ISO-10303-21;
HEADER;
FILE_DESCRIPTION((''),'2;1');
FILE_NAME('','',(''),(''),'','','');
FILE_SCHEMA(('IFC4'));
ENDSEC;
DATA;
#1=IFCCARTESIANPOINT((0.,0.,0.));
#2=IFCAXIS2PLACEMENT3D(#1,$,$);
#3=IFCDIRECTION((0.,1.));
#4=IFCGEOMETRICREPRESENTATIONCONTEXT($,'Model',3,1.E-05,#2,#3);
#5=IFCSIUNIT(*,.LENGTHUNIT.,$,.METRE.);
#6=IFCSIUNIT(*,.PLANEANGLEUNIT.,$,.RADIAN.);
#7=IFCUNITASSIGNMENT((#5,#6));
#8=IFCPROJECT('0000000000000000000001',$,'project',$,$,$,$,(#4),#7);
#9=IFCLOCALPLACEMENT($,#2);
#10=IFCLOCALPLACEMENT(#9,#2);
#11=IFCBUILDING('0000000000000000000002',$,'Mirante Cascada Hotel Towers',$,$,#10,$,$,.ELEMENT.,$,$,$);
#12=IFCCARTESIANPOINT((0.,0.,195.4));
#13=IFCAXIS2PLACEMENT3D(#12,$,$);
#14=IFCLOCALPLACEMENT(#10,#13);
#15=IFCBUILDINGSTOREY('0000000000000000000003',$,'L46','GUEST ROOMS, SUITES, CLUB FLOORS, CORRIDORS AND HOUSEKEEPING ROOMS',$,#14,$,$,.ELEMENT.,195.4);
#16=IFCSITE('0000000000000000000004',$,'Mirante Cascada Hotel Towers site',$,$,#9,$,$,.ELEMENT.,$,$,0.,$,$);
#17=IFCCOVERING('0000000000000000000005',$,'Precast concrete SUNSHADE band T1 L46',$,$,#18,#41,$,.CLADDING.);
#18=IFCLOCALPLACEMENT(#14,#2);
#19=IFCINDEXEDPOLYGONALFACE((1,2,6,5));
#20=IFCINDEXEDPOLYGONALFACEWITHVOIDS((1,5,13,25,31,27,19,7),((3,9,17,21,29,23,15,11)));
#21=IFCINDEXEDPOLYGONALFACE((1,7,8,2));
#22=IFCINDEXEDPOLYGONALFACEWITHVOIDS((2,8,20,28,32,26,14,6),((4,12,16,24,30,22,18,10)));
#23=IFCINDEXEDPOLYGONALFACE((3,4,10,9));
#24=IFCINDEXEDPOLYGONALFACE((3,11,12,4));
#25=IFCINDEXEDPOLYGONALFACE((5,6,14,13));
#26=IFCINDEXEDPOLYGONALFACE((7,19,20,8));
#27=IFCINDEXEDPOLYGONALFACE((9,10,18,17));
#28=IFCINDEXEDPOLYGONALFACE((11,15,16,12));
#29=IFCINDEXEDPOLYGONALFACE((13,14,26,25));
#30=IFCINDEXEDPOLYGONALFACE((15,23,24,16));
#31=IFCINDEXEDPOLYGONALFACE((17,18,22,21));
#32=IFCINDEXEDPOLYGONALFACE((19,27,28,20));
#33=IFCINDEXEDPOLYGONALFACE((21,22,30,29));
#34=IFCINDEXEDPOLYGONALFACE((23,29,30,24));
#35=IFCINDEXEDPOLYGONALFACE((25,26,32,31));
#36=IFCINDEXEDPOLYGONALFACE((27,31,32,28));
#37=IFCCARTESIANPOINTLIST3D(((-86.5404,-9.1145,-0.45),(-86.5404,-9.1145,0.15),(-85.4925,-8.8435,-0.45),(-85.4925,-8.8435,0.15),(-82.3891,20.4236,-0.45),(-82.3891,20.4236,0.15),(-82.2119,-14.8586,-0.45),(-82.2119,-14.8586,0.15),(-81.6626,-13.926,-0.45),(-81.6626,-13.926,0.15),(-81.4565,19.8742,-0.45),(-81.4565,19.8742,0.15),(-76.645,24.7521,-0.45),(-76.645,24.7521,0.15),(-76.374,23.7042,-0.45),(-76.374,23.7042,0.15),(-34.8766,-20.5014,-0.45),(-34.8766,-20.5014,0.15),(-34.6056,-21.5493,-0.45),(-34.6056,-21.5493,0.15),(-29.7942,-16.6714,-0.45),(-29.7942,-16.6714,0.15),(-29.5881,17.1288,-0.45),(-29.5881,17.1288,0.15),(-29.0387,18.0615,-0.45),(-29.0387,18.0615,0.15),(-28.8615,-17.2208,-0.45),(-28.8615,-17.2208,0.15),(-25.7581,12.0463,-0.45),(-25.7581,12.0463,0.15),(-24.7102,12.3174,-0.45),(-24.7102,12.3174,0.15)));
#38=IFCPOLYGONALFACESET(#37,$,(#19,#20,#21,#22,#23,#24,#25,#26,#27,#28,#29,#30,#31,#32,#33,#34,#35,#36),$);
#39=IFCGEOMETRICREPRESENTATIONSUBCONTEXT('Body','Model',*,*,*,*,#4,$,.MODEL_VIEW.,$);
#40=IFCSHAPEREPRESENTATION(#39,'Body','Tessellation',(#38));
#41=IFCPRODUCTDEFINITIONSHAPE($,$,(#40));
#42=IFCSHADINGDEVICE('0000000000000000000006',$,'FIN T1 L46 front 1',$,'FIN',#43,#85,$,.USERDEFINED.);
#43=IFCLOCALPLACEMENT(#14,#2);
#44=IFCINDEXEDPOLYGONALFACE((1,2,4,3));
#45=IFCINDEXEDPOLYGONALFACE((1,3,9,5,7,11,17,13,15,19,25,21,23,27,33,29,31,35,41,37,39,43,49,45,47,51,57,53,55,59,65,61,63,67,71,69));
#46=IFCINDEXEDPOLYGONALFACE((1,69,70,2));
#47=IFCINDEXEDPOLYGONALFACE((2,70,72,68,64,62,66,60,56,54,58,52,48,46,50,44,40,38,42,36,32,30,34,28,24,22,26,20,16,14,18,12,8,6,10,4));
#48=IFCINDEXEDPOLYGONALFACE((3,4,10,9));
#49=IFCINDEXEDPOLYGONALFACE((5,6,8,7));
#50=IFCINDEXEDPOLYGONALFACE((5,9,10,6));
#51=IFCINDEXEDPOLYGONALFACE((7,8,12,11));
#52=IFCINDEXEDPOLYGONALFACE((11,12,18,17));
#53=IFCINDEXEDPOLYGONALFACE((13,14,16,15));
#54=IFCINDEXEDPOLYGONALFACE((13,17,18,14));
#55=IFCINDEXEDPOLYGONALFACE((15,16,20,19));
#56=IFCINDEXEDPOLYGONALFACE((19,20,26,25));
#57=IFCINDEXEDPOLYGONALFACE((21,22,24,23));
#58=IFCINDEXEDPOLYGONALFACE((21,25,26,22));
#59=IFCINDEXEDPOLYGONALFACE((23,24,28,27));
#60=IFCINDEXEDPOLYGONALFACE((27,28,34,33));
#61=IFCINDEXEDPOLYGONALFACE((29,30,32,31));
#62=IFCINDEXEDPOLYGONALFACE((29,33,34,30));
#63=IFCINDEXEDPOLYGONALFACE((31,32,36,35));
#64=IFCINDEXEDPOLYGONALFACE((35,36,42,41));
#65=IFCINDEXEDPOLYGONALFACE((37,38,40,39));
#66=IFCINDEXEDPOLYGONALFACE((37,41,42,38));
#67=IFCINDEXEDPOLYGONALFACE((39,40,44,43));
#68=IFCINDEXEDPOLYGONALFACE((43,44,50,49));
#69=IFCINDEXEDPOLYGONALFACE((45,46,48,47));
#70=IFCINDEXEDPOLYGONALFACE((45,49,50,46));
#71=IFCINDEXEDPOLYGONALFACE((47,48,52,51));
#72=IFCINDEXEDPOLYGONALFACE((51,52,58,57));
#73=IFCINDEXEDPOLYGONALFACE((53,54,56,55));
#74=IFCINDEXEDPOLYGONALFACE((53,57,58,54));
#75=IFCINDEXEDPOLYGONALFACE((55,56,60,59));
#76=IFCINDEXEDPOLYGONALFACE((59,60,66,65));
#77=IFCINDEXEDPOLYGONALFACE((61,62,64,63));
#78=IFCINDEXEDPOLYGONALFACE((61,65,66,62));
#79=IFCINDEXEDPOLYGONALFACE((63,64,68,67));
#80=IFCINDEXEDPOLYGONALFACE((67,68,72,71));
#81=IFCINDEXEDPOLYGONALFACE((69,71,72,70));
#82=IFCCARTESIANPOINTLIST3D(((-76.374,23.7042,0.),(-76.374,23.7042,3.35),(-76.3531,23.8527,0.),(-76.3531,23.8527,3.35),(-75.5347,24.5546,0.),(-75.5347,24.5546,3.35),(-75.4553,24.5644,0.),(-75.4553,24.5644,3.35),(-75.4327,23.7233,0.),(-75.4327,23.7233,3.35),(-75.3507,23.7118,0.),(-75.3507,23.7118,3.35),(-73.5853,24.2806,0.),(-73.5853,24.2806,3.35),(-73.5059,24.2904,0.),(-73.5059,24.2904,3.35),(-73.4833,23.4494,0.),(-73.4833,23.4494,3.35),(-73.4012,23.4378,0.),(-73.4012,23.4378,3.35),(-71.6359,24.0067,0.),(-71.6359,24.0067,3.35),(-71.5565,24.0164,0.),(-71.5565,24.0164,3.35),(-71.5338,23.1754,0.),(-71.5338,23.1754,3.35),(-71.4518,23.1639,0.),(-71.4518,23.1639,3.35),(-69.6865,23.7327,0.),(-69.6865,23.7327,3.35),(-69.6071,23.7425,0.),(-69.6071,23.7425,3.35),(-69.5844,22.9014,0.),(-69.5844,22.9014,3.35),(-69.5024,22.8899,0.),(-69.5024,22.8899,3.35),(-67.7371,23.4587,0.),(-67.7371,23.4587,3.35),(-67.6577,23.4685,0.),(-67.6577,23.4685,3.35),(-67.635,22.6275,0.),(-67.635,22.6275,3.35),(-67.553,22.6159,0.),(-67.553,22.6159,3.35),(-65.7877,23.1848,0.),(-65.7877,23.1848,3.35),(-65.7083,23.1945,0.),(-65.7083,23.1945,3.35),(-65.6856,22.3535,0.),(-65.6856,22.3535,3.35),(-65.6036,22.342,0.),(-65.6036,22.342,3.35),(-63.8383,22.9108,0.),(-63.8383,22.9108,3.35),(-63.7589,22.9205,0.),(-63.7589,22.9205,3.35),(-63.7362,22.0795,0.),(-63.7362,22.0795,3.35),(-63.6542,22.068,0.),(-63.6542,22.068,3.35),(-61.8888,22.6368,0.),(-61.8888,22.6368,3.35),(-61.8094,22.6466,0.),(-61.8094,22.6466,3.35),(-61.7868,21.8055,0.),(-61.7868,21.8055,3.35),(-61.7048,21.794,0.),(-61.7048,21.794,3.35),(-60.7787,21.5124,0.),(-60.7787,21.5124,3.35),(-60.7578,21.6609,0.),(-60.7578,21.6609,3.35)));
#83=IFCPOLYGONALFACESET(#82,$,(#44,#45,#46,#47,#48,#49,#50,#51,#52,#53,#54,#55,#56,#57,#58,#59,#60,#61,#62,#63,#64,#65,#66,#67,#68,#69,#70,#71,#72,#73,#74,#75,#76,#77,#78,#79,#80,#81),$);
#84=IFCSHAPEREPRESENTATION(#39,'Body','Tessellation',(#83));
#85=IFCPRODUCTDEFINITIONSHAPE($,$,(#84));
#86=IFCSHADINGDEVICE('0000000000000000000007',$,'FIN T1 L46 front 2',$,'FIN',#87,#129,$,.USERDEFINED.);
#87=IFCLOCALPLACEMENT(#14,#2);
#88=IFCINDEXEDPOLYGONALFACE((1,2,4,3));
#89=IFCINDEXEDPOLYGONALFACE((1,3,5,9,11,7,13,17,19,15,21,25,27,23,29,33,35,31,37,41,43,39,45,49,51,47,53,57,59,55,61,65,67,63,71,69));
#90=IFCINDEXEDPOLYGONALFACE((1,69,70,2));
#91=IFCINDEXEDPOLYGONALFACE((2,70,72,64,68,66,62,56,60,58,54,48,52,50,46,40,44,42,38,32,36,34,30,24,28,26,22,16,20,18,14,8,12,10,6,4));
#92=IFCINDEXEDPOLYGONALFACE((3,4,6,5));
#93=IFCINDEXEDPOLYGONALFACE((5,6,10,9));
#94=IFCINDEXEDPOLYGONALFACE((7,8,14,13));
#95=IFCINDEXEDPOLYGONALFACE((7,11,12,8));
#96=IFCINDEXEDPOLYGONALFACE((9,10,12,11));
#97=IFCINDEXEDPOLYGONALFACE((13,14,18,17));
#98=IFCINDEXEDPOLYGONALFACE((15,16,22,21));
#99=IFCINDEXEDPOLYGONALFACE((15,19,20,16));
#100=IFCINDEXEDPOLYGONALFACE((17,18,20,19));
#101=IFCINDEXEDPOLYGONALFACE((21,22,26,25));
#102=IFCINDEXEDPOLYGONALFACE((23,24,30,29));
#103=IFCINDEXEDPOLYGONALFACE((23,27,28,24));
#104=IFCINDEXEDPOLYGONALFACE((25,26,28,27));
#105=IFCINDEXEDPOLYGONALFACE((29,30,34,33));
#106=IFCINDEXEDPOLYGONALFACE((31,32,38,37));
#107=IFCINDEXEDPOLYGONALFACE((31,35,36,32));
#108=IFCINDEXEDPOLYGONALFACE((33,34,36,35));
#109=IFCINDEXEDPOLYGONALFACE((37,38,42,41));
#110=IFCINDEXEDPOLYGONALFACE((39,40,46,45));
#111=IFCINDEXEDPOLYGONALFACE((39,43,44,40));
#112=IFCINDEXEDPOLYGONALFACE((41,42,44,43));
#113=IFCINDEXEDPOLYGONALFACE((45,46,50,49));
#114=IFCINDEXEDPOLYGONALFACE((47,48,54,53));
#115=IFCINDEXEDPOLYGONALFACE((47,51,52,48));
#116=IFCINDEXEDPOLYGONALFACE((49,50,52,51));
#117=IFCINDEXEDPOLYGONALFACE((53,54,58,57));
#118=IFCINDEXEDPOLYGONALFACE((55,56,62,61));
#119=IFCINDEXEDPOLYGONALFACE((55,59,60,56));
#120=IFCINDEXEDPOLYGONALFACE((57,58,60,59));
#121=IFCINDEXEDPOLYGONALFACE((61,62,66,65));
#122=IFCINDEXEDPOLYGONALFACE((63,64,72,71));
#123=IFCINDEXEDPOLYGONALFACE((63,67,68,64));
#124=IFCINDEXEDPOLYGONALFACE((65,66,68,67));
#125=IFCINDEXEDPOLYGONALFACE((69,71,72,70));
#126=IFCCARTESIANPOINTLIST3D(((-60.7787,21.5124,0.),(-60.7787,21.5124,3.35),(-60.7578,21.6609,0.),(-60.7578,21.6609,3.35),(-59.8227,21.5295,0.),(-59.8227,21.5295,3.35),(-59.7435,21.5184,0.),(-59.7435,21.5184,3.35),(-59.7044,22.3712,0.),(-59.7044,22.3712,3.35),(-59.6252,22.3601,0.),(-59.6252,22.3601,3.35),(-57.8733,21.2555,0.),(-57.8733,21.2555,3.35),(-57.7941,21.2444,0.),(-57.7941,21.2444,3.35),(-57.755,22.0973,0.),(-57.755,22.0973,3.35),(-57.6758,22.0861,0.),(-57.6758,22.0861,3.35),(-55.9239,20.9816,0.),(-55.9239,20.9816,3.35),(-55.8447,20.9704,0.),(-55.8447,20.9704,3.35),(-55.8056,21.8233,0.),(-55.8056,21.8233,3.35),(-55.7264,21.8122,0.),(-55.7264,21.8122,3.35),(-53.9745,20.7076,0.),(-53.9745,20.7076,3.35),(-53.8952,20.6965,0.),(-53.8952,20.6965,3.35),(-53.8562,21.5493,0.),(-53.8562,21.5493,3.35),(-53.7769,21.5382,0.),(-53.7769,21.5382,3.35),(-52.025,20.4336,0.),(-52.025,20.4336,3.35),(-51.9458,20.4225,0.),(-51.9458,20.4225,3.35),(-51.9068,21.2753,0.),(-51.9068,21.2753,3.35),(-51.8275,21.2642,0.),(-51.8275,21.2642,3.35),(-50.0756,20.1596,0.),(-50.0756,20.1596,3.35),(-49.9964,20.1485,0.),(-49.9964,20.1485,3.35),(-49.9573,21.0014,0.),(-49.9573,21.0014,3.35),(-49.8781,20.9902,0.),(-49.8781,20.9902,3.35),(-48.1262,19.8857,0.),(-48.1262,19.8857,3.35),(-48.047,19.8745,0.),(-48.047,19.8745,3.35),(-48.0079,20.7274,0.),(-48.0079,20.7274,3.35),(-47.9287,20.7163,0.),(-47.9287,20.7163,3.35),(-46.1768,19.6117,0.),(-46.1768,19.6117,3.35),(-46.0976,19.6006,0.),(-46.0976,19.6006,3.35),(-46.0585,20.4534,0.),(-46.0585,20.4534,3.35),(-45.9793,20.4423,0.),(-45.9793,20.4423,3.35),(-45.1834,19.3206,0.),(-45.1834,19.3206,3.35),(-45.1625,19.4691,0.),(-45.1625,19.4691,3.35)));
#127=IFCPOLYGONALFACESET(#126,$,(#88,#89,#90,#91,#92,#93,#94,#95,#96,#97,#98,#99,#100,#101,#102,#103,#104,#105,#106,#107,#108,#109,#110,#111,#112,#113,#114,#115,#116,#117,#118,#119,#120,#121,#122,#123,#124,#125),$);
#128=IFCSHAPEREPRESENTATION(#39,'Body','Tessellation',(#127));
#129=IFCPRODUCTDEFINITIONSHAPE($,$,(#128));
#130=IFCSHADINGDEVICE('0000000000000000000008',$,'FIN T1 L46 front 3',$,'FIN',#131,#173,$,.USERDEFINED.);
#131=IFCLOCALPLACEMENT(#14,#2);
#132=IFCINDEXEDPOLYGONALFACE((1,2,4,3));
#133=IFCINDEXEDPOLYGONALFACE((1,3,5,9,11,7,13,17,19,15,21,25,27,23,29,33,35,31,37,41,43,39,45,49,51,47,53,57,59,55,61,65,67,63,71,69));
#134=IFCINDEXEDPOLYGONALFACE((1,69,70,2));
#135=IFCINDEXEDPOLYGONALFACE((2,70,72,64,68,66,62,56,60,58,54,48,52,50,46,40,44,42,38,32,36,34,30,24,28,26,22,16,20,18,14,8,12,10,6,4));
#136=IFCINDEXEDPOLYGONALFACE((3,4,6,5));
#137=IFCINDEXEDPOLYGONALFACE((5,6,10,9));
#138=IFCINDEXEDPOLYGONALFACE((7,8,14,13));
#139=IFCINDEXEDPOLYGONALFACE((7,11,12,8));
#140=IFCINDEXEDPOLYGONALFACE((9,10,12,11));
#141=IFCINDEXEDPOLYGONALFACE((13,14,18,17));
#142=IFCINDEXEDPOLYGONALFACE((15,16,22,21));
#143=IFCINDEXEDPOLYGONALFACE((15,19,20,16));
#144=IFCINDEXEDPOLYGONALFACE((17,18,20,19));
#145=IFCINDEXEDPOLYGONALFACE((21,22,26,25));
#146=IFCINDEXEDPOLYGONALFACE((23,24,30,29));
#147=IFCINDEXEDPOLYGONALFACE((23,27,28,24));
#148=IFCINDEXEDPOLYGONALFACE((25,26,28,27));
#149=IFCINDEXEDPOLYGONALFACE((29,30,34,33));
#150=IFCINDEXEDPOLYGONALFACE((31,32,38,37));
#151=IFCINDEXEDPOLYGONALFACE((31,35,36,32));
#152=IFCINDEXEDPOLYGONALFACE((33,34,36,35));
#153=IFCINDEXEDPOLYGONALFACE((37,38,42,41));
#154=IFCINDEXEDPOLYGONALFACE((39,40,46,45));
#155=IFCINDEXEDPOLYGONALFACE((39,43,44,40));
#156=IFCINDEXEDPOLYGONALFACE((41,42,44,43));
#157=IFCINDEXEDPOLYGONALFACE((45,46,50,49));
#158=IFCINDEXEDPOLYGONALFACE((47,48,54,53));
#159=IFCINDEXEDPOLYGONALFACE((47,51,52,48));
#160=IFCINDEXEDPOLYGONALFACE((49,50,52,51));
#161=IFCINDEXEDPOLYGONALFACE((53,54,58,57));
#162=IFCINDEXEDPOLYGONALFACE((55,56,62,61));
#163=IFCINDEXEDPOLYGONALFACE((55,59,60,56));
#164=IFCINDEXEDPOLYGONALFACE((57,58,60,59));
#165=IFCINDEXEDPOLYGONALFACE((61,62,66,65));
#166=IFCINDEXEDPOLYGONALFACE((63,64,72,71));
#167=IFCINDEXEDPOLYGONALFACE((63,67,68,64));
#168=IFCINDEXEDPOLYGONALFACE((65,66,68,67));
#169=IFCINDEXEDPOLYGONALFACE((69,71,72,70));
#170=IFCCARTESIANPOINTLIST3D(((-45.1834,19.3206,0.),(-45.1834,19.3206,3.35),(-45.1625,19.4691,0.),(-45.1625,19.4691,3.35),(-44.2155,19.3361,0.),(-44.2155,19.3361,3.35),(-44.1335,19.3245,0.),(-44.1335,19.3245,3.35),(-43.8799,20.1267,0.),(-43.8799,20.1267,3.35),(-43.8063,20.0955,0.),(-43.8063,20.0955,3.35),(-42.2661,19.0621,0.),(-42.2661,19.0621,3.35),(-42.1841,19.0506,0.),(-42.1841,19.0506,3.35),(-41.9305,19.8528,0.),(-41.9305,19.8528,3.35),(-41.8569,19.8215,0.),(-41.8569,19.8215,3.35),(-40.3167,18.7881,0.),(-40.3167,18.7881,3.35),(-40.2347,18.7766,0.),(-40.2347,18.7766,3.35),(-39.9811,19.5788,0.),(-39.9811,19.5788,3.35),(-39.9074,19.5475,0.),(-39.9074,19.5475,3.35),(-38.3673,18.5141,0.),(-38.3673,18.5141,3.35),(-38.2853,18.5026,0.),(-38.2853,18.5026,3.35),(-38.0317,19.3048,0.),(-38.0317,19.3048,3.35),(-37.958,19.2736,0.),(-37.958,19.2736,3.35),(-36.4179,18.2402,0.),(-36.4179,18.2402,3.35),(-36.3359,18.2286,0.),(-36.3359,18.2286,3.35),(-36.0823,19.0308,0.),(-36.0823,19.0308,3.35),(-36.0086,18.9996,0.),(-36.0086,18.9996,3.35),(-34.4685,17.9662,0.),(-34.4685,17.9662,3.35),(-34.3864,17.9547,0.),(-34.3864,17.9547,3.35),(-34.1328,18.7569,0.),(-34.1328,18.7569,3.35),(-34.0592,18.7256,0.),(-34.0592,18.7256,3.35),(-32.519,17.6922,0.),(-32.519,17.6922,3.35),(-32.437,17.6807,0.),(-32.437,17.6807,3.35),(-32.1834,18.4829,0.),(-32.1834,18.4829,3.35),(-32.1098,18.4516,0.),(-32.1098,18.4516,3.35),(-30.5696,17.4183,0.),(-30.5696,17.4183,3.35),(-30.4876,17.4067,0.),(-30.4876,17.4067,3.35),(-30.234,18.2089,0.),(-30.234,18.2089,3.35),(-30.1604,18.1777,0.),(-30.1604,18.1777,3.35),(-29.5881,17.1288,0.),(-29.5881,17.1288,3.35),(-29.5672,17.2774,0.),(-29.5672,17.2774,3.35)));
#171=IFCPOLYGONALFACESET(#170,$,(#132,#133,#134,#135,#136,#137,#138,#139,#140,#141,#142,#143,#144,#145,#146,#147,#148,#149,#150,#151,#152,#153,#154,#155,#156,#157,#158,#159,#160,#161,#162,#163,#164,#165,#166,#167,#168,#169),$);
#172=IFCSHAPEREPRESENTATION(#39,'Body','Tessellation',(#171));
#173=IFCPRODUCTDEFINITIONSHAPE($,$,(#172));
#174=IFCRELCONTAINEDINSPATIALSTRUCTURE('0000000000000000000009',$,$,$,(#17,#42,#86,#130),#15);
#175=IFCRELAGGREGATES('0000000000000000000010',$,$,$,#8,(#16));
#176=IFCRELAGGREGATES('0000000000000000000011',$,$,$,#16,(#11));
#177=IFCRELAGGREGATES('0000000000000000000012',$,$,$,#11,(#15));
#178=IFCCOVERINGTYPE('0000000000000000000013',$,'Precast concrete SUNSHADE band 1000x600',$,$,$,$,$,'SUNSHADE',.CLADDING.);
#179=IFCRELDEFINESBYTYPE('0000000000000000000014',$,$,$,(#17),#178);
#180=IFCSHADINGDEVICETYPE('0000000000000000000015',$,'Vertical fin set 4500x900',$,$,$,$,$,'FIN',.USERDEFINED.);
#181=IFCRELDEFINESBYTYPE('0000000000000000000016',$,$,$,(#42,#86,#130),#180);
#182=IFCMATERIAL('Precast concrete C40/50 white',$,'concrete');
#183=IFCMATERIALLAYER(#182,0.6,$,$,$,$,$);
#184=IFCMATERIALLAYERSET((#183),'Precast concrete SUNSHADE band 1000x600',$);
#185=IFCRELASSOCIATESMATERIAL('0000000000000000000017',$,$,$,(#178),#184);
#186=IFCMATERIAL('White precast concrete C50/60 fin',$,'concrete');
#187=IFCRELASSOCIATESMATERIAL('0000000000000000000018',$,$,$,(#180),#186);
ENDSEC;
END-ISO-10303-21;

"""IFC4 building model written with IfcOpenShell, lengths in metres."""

from ifc_helpers import new_model, si_unit, direction, frame, origin, place, context, subcontext, project, spatial, polyline, outline, extrude, material, layer, layer_set, type_object, element, save


model = new_model("IFC4")

# Units and contexts
model_context = context("Model", 3, precision=1e-05, world=origin(), true_north=direction((0.0, 1.0)))
body_context = subcontext(model_context, "Body", "Model", "MODEL_VIEW")
ifc_project = project(units=[si_unit("LENGTHUNIT", "METRE"), si_unit("PLANEANGLEUNIT", "RADIAN")], contexts=[model_context])

# Site, building, storey
site_placement = place(None, origin())
site = spatial("IfcSite", under=ifc_project, at=site_placement, Name="Mirante Cascada Hotel Towers site", CompositionType="ELEMENT", RefElevation=0.0)
building_placement = place(site_placement, origin())
building = spatial("IfcBuilding", under=site, at=building_placement, Name="Mirante Cascada Hotel Towers", CompositionType="ELEMENT")
storey_placement = place(building_placement, frame((0.0, 0.0, 195.4)))
storey = spatial("IfcBuildingStorey", under=building, at=storey_placement, Name="L46", Description="GUEST ROOMS, SUITES, CLUB FLOORS, CORRIDORS AND HOUSEKEEPING ROOMS", CompositionType="ELEMENT", Elevation=195.4)

# Covering
ifc_material_1 = material(Name="Precast concrete C40/50 white", Category="concrete")
ifc_layer_1 = layer(ifc_material_1, 0.6)
ifc_layer_set_1 = layer_set([ifc_layer_1], Name="Precast concrete SUNSHADE band 1000x600")
covering_type = type_object("IfcCoveringType", Name="Precast concrete SUNSHADE band 1000x600", ElementType="SUNSHADE", PredefinedType="CLADDING", material=ifc_layer_set_1)
covering_placement = place(storey_placement, frame((0.0, 0.0, -0.45)))
element("IfcCovering", 1, at=covering_placement, inside=storey, type_object=covering_type, Name="Precast concrete SUNSHADE band T1 L46", PredefinedType="CLADDING", context=body_context, shape_type="SweptSolid", body=[
    extrude(outline(polyline([(-86.5404, -9.1145), (-82.3891, 20.4236), (-76.645, 24.7521), (-29.0387, 18.0615), (-24.7102, 12.3174), (-28.8615, -17.2208), (-34.6056, -21.5493), (-82.2119, -14.8586), (-86.5404, -9.1145)]), holes=[polyline([(-25.7581, 12.0463), (-29.5881, 17.1288), (-76.374, 23.7042), (-81.4565, 19.8742), (-85.4925, -8.8435), (-81.6626, -13.926), (-34.8766, -20.5014), (-29.7942, -16.6714), (-25.7581, 12.0463)])]), origin(), (0.0, 0.0, 1.0), 0.6),
])

# Shading devices
ifc_material_2 = material(Name="White precast concrete C50/60 fin", Category="concrete")
shading_device_type = type_object("IfcShadingDeviceType", Name="Vertical fin set 4500x900", ElementType="FIN", PredefinedType="USERDEFINED", material=ifc_material_2)
shading_device_1_placement = place(storey_placement, origin())
element("IfcShadingDevice", 2, at=shading_device_1_placement, inside=storey, type_object=shading_device_type, Name="FIN T1 L46 front 1", ObjectType="FIN", PredefinedType="USERDEFINED", context=body_context, shape_type="SweptSolid", body=[
    extrude(outline(polyline([(-61.7048, 21.794), (-60.7578, 21.6609), (-60.7787, 21.5124), (-76.374, 23.7042), (-76.3531, 23.8527), (-75.4327, 23.7233), (-75.5347, 24.5546), (-75.4553, 24.5644), (-75.3507, 23.7118), (-73.4833, 23.4494), (-73.5853, 24.2806), (-73.5059, 24.2904), (-73.4012, 23.4378), (-71.5338, 23.1754), (-71.6359, 24.0067), (-71.5565, 24.0164), (-71.4518, 23.1639), (-69.5844, 22.9014), (-69.6865, 23.7327), (-69.6071, 23.7425), (-69.5024, 22.8899), (-67.635, 22.6275), (-67.7371, 23.4587), (-67.6577, 23.4685), (-67.553, 22.6159), (-65.6856, 22.3535), (-65.7877, 23.1848), (-65.7083, 23.1945), (-65.6036, 22.342), (-63.7362, 22.0795), (-63.8383, 22.9108), (-63.7589, 22.9205), (-63.6542, 22.068), (-61.7868, 21.8055), (-61.8888, 22.6368), (-61.8094, 22.6466), (-61.7048, 21.794)])), origin(), (0.0, 0.0, 1.0), 3.35),
])
shading_device_2_placement = place(storey_placement, origin())
element("IfcShadingDevice", 3, at=shading_device_2_placement, inside=storey, type_object=shading_device_type, Name="FIN T1 L46 front 2", ObjectType="FIN", PredefinedType="USERDEFINED", context=body_context, shape_type="SweptSolid", body=[
    extrude(outline(polyline([(-46.0976, 19.6006), (-45.1625, 19.4691), (-45.1834, 19.3206), (-60.7787, 21.5124), (-60.7578, 21.6609), (-59.8227, 21.5295), (-59.7044, 22.3712), (-59.6252, 22.3601), (-59.7435, 21.5184), (-57.8733, 21.2555), (-57.755, 22.0973), (-57.6758, 22.0861), (-57.7941, 21.2444), (-55.9239, 20.9816), (-55.8056, 21.8233), (-55.7264, 21.8122), (-55.8447, 20.9704), (-53.9745, 20.7076), (-53.8562, 21.5493), (-53.7769, 21.5382), (-53.8952, 20.6965), (-52.025, 20.4336), (-51.9068, 21.2753), (-51.8275, 21.2642), (-51.9458, 20.4225), (-50.0756, 20.1596), (-49.9573, 21.0014), (-49.8781, 20.9902), (-49.9964, 20.1485), (-48.1262, 19.8857), (-48.0079, 20.7274), (-47.9287, 20.7163), (-48.047, 19.8745), (-46.1768, 19.6117), (-46.0585, 20.4534), (-45.9793, 20.4423), (-46.0976, 19.6006)])), origin(), (0.0, 0.0, 1.0), 3.35),
])
shading_device_3_placement = place(storey_placement, origin())
element("IfcShadingDevice", 4, at=shading_device_3_placement, inside=storey, type_object=shading_device_type, Name="FIN T1 L46 front 3", ObjectType="FIN", PredefinedType="USERDEFINED", context=body_context, shape_type="SweptSolid", body=[
    extrude(outline(polyline([(-30.4876, 17.4067), (-29.5672, 17.2774), (-29.5881, 17.1288), (-45.1834, 19.3206), (-45.1625, 19.4691), (-44.2155, 19.3361), (-43.8799, 20.1267), (-43.8063, 20.0955), (-44.1335, 19.3245), (-42.2661, 19.0621), (-41.9305, 19.8528), (-41.8569, 19.8215), (-42.1841, 19.0506), (-40.3167, 18.7881), (-39.9811, 19.5788), (-39.9074, 19.5475), (-40.2347, 18.7766), (-38.3673, 18.5141), (-38.0317, 19.3048), (-37.958, 19.2736), (-38.2853, 18.5026), (-36.4179, 18.2402), (-36.0823, 19.0308), (-36.0086, 18.9996), (-36.3359, 18.2286), (-34.4685, 17.9662), (-34.1328, 18.7569), (-34.0592, 18.7256), (-34.3864, 17.9547), (-32.519, 17.6922), (-32.1834, 18.4829), (-32.1098, 18.4516), (-32.437, 17.6807), (-30.5696, 17.4183), (-30.234, 18.2089), (-30.1604, 18.1777), (-30.4876, 17.4067)])), origin(), (0.0, 0.0, 1.0), 3.35),
])

save(model, "model.ifc")
